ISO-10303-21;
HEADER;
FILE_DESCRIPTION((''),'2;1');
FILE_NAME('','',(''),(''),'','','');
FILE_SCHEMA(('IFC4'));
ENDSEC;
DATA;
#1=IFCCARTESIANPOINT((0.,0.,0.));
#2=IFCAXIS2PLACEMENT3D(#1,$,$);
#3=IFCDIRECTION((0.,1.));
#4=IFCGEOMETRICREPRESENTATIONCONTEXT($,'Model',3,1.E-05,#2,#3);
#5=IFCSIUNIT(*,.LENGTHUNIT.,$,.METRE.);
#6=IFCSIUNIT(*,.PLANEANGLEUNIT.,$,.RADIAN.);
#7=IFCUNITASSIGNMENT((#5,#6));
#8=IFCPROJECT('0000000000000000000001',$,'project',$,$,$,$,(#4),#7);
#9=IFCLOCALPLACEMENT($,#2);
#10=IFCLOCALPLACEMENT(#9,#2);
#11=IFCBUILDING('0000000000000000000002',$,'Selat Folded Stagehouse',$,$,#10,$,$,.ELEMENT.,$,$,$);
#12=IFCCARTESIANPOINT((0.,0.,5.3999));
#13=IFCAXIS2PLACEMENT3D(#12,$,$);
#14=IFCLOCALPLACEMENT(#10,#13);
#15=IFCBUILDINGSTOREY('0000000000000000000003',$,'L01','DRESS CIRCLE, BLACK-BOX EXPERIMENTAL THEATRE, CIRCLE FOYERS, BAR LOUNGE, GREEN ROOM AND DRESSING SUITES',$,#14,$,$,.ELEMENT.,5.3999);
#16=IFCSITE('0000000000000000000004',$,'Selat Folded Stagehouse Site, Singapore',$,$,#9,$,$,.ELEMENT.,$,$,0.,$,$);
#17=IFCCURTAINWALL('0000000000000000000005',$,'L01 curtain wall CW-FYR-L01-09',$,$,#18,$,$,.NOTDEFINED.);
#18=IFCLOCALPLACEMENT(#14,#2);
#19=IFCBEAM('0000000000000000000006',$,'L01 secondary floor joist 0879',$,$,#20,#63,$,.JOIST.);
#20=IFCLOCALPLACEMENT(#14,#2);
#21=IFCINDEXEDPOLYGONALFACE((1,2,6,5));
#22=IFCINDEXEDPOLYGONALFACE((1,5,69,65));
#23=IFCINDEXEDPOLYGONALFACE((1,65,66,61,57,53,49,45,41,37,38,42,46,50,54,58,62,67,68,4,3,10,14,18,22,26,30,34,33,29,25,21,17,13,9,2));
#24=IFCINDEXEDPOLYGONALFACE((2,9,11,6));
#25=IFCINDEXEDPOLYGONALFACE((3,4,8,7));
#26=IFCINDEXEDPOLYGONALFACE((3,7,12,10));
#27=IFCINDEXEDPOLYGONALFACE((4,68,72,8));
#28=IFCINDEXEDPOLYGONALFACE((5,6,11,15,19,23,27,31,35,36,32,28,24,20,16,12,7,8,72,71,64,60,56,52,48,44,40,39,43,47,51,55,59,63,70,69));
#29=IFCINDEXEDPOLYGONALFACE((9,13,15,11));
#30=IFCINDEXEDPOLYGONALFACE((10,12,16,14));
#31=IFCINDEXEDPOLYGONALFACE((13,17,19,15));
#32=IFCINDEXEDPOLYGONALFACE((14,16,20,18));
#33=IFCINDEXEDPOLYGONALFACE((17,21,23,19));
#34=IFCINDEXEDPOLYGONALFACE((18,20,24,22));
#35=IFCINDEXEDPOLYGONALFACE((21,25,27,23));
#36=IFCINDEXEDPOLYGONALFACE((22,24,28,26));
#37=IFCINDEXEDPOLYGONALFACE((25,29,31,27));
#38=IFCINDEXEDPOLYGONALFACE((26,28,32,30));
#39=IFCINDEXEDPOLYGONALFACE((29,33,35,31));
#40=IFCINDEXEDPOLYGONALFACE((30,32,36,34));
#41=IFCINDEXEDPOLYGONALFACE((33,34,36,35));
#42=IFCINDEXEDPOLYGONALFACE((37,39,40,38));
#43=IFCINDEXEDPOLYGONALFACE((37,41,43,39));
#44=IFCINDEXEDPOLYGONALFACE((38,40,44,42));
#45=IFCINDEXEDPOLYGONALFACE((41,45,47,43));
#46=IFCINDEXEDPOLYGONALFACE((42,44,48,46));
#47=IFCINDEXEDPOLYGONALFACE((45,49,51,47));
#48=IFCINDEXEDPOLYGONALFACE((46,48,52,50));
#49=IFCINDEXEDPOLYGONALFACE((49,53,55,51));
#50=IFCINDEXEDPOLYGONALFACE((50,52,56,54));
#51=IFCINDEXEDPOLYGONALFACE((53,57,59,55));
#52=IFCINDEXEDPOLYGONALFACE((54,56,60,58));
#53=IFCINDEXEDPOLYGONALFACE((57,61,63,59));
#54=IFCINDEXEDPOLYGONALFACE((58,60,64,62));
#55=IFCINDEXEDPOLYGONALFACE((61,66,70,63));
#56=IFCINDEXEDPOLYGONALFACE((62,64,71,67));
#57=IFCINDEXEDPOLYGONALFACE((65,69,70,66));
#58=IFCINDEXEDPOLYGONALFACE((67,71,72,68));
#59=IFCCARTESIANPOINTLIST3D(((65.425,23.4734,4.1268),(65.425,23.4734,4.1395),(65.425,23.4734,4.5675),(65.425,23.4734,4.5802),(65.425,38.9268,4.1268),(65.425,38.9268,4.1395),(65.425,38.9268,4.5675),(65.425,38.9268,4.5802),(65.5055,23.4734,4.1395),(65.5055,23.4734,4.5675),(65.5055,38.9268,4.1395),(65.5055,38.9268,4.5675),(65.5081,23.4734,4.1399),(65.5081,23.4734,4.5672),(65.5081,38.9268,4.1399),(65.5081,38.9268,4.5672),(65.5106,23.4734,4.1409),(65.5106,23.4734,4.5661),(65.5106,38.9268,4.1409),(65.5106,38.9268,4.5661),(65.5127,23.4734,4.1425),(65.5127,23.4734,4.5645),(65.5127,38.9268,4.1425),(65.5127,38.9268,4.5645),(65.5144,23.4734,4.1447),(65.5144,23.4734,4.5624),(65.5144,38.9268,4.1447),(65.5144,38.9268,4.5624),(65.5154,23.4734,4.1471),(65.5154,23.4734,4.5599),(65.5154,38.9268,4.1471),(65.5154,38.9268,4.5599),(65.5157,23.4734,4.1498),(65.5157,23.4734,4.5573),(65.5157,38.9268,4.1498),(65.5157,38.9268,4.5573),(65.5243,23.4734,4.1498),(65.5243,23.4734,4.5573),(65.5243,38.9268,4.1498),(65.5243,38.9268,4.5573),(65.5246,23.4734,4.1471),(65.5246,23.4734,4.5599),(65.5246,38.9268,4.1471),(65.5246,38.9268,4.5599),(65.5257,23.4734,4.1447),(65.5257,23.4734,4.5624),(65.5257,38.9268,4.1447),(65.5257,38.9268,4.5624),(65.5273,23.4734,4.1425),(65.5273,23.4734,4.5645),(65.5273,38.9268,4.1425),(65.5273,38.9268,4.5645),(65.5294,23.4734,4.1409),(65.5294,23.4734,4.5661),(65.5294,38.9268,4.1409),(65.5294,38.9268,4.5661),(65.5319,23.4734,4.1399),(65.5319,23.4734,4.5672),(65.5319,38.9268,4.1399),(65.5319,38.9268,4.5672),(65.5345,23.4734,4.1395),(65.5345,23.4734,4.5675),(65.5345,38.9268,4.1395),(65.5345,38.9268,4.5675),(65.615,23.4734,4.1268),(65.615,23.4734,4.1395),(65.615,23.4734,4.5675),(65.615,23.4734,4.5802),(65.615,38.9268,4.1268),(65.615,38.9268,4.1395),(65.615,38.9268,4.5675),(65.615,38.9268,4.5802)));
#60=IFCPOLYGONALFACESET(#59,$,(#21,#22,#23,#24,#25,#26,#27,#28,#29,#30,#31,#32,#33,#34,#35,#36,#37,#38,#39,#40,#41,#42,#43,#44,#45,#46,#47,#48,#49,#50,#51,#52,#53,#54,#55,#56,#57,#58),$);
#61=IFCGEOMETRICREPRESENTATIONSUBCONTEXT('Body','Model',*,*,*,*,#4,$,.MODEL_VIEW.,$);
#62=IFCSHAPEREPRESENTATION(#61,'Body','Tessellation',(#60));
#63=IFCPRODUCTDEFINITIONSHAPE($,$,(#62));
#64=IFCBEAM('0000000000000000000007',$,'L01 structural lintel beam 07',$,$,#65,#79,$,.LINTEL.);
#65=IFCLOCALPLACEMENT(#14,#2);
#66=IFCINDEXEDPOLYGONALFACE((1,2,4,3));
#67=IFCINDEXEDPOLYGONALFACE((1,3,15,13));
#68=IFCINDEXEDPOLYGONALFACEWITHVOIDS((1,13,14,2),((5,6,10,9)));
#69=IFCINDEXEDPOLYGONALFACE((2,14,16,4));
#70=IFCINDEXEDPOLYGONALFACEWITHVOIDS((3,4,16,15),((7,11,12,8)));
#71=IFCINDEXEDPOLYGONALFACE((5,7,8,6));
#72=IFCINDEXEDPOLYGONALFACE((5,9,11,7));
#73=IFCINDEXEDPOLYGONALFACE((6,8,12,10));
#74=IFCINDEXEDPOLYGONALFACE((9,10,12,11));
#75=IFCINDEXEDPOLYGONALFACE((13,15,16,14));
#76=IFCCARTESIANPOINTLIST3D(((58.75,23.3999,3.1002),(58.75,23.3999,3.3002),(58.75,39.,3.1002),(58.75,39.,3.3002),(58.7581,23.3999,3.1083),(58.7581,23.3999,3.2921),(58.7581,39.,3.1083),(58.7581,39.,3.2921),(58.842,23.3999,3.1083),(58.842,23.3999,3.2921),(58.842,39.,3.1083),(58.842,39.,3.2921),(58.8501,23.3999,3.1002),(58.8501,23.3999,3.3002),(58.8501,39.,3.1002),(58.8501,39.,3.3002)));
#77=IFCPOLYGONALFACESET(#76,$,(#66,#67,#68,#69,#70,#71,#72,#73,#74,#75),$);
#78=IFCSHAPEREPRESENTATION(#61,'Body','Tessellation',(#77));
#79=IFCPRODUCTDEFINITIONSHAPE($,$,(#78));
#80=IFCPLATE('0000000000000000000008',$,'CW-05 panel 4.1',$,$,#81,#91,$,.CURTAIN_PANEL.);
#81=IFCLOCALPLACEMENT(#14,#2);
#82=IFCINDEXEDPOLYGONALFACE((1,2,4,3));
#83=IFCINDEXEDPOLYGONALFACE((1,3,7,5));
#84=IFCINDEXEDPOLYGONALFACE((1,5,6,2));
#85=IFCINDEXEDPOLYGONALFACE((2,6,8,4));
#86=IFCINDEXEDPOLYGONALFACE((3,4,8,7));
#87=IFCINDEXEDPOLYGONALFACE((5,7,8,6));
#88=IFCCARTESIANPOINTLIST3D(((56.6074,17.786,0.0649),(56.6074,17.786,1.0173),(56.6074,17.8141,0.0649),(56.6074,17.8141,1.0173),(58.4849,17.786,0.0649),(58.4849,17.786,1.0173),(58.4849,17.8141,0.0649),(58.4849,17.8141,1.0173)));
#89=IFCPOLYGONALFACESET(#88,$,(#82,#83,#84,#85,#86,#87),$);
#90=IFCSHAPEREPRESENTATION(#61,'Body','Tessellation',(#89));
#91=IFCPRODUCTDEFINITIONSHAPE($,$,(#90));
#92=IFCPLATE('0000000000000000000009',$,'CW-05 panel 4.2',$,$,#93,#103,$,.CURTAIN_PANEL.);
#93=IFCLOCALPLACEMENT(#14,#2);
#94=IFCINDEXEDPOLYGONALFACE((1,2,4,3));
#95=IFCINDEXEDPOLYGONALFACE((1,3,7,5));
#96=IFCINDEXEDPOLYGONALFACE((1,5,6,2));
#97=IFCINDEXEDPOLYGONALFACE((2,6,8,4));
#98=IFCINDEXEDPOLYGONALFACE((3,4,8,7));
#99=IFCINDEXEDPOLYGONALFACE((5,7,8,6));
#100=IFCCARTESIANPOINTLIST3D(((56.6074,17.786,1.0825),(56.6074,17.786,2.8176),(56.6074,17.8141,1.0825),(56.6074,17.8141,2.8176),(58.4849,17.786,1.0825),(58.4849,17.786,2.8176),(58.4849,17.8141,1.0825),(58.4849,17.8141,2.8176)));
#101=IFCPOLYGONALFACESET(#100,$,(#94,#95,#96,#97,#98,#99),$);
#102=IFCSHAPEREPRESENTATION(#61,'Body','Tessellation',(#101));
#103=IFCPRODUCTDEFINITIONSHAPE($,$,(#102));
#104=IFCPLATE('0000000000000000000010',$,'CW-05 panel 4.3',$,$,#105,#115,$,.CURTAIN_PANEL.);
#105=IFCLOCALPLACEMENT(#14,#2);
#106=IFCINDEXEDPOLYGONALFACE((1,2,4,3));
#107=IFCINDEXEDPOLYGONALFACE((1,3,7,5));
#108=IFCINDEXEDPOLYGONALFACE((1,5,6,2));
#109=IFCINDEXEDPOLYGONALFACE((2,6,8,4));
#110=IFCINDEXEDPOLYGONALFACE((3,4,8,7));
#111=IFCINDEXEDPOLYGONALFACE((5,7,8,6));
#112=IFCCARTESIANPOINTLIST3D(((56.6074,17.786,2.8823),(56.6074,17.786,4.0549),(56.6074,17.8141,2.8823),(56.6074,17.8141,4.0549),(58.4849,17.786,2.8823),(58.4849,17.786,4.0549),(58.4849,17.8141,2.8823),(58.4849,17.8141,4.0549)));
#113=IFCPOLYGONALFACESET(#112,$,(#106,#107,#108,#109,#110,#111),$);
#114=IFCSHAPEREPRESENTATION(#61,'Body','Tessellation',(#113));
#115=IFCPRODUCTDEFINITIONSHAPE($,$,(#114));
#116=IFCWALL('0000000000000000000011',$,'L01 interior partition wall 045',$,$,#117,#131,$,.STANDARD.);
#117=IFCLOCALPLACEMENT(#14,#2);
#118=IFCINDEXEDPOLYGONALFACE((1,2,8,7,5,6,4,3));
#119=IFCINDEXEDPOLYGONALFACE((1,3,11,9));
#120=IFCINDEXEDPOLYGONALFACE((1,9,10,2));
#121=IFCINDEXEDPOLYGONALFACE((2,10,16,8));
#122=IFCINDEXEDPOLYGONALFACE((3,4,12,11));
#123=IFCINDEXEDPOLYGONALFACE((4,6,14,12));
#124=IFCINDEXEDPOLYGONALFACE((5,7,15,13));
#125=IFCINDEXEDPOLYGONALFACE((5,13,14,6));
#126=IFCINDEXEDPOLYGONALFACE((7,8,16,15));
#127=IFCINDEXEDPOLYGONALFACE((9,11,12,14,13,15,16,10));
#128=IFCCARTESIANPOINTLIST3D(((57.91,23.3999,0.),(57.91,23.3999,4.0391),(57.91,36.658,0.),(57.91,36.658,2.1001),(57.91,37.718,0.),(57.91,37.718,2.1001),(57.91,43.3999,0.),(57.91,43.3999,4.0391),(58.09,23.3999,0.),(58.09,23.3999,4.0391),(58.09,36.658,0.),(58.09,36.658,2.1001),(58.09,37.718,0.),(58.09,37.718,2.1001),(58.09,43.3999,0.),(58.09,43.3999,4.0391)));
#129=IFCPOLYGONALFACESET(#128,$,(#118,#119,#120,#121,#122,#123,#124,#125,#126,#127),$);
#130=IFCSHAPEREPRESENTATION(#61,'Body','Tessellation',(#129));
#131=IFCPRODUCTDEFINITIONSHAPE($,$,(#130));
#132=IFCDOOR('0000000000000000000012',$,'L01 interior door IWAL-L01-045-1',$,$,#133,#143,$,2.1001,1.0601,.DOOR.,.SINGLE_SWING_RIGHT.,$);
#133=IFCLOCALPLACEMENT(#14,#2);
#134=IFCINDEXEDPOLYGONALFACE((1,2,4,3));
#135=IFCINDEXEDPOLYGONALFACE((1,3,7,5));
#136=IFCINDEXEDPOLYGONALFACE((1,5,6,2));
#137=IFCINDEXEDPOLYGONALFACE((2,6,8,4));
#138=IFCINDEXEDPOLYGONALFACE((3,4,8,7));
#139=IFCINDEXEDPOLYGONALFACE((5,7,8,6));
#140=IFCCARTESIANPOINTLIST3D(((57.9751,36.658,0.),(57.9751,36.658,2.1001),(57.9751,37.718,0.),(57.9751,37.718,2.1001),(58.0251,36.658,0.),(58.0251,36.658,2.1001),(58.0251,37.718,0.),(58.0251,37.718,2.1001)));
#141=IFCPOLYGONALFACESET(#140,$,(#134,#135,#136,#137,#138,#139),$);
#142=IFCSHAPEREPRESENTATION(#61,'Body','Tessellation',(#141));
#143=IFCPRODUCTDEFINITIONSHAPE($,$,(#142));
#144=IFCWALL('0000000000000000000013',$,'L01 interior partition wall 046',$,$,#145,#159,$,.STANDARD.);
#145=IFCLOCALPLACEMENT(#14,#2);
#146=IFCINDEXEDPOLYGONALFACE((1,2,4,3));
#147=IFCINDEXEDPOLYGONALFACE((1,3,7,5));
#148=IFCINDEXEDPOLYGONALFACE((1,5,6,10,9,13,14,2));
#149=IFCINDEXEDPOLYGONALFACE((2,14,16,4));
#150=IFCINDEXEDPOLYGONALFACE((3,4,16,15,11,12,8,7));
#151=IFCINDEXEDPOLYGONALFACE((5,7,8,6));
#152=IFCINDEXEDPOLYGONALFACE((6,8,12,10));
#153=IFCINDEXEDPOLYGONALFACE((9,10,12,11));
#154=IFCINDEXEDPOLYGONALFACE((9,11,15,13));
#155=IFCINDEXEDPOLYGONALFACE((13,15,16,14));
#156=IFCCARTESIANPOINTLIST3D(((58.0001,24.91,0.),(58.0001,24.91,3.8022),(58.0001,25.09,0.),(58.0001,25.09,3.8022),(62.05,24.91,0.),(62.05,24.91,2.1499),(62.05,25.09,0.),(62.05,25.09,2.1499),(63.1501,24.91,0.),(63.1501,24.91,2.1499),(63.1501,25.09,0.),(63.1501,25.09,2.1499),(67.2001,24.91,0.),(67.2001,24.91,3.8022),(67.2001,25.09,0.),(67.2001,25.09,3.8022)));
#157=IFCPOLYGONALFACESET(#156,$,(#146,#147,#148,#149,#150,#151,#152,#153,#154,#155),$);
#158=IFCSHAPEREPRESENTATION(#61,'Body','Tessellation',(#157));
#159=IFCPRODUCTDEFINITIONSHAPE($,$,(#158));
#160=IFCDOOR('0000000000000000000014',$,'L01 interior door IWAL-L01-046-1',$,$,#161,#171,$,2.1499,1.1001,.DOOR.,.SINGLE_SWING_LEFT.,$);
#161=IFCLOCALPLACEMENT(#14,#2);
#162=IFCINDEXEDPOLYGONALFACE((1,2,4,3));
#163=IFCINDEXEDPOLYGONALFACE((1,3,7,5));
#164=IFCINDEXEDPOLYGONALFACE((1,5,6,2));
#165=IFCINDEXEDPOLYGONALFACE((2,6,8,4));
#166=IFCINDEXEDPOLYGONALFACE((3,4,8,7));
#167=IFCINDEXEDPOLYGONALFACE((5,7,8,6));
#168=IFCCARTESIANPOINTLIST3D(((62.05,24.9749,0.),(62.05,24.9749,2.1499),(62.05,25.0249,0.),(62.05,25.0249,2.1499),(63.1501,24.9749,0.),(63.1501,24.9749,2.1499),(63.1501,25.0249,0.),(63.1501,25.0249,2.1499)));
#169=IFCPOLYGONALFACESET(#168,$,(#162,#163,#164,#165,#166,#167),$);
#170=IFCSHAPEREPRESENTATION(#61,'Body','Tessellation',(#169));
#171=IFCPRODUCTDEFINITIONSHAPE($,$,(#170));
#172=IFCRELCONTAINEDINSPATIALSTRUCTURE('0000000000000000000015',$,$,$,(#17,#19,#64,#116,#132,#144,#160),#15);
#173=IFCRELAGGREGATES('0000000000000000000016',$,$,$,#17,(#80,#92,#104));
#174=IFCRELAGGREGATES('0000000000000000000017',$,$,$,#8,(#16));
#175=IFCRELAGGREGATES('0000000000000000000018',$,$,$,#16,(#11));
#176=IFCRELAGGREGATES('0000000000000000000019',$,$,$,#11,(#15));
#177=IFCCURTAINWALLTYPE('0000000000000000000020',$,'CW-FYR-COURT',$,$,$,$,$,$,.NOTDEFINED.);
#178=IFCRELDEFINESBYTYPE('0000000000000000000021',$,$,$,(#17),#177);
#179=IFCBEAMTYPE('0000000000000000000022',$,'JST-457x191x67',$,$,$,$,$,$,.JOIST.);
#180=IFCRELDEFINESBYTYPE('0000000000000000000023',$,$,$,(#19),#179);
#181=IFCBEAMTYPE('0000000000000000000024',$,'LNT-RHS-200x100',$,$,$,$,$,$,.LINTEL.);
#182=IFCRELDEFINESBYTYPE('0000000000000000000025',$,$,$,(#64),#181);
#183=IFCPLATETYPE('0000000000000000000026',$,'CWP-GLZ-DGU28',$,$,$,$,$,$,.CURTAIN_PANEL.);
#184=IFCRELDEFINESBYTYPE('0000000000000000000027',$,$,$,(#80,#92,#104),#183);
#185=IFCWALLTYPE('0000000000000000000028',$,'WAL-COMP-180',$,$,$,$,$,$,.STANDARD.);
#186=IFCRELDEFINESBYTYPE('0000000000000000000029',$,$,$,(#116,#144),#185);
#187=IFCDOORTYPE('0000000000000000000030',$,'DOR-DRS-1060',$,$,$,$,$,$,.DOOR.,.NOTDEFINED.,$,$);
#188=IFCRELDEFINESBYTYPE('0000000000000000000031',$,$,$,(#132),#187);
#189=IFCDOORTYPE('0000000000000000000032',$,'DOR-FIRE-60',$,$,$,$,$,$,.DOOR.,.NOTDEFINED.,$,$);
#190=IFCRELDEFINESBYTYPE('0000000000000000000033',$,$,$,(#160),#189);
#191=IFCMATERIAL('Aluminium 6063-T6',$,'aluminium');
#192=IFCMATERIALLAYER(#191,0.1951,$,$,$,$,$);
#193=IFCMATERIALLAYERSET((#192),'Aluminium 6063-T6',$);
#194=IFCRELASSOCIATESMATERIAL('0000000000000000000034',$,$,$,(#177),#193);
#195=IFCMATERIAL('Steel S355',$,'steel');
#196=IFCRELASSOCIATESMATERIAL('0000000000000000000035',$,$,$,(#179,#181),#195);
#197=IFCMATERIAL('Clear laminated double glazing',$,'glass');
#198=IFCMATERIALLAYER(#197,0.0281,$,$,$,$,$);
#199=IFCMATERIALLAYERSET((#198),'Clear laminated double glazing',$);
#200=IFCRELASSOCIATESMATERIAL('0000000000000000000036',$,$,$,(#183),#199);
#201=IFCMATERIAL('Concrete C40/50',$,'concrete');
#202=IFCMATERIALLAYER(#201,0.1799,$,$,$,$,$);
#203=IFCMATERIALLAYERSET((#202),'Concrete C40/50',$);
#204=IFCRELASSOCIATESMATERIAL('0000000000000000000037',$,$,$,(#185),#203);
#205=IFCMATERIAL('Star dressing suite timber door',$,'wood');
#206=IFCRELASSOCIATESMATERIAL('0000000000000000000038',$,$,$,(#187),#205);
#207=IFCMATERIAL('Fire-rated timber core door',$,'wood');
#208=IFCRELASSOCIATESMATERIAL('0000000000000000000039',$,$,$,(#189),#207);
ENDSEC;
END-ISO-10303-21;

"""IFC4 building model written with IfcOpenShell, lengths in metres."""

from ifc_helpers import new_model, si_unit, direction, frame, frame_2d, origin, origin_2d, place, context, subcontext, project, spatial, rectangle, hollow_rectangle, i_section, extrude, material, layer, layer_set, material_profile, profile_set, type_object, element, fill, aggregate, save


model = new_model("IFC4")

# Units and contexts
model_context = context("Model", 3, precision=1e-05, world=origin(), true_north=direction((0.0, 1.0)))
body_context = subcontext(model_context, "Body", "Model", "MODEL_VIEW")
ifc_project = project(units=[si_unit("LENGTHUNIT", "METRE"), si_unit("PLANEANGLEUNIT", "RADIAN")], contexts=[model_context])

# Site, building, storey
site_placement = place(None, origin())
site = spatial("IfcSite", under=ifc_project, at=site_placement, Name="Selat Folded Stagehouse Site, Singapore", CompositionType="ELEMENT", RefElevation=0.0)
building_placement = place(site_placement, origin())
building = spatial("IfcBuilding", under=site, at=building_placement, Name="Selat Folded Stagehouse", CompositionType="ELEMENT")
storey_placement = place(building_placement, frame((0.0, 0.0, 5.3999)))
storey = spatial("IfcBuildingStorey", under=building, at=storey_placement, Name="L01", Description="DRESS CIRCLE, BLACK-BOX EXPERIMENTAL THEATRE, CIRCLE FOYERS, BAR LOUNGE, GREEN ROOM AND DRESSING SUITES", CompositionType="ELEMENT", Elevation=5.3999)

# Shared definitions
ifc_material_1 = material(Name="Steel S355", Category="steel")

# Curtain wall
ifc_material_2 = material(Name="Aluminium 6063-T6", Category="aluminium")
ifc_layer_1 = layer(ifc_material_2, 0.1951)
ifc_layer_set_1 = layer_set([ifc_layer_1], Name="Aluminium 6063-T6")
curtain_wall_type = type_object("IfcCurtainWallType", Name="CW-FYR-COURT", PredefinedType="NOTDEFINED", material=ifc_layer_set_1)
curtain_wall_placement = place(storey_placement, origin())
curtain_wall = element("IfcCurtainWall", 1, at=curtain_wall_placement, inside=storey, type_object=curtain_wall_type, Name="L01 curtain wall CW-FYR-L01-09", PredefinedType="NOTDEFINED")

# Beams
ifc_material_profile_1 = material_profile(ifc_material_1, i_section(OverallWidth=0.1899, OverallDepth=0.4534, WebThickness=0.0085, FlangeThickness=0.0127, FilletRadius=0.0103, at=origin_2d()), Name="UKB 457x191x67")
ifc_profile_set_1 = profile_set([ifc_material_profile_1], Name="Steel S355")
beam_type_1 = type_object("IfcBeamType", Name="JST-457x191x67", PredefinedType="JOIST", material=ifc_profile_set_1)
for number, where, z_axis, x_axis, name in (
    (2, (65.52, 23.4734, 4.3535), (0.0, 1.0, 0.0), (-1.0, 0.0, 0.0), "L01 secondary floor joist 0879"),
):
    element("IfcBeam", number, at=place(storey_placement, frame(where, z_axis=z_axis, x_axis=x_axis)), inside=storey, type_object=beam_type_1, Name=name, PredefinedType="JOIST", context=body_context, shape_type="SweptSolid", body=[
        extrude(i_section(OverallWidth=0.1899, OverallDepth=0.4534, WebThickness=0.0085, FlangeThickness=0.0127, FilletRadius=0.0103, at=origin_2d()), origin(), (0.0, 0.0, 1.0), 15.4534),
    ])
ifc_material_profile_2 = material_profile(ifc_material_1, hollow_rectangle(XDim=0.1001, YDim=0.2, WallThickness=0.0081, at=origin_2d()), Name="RHS 200x100x8.0")
ifc_profile_set_2 = profile_set([ifc_material_profile_2], Name="Steel S355")
beam_type_2 = type_object("IfcBeamType", Name="LNT-RHS-200x100", PredefinedType="LINTEL", material=ifc_profile_set_2)
beam_1_placement = place(storey_placement, frame((58.8, 23.3999, 3.2002), z_axis=(0.0, 1.0, 0.0), x_axis=(-1.0, 0.0, 0.0)))
element("IfcBeam", 3, at=beam_1_placement, inside=storey, type_object=beam_type_2, Name="L01 structural lintel beam 07", PredefinedType="LINTEL", context=body_context, shape_type="SweptSolid", body=[
    extrude(hollow_rectangle(XDim=0.1001, YDim=0.2, WallThickness=0.0081, at=origin_2d()), origin(), (0.0, 0.0, 1.0), 15.6001),
])

# Plates
ifc_material_3 = material(Name="Clear laminated double glazing", Category="glass")
ifc_layer_2 = layer(ifc_material_3, 0.0281)
ifc_layer_set_2 = layer_set([ifc_layer_2], Name="Clear laminated double glazing")
plate_type = type_object("IfcPlateType", Name="CWP-GLZ-DGU28", PredefinedType="CURTAIN_PANEL", material=ifc_layer_set_2)
plate_1_placement = place(storey_placement, frame((57.5461, 17.8, 0.0649), z_axis=(0.0, 0.0, 1.0), x_axis=(1.0, 0.0, 0.0)))
plate_1 = element("IfcPlate", 4, at=plate_1_placement, type_object=plate_type, Name="CW-05 panel 4.1", PredefinedType="CURTAIN_PANEL", context=body_context, shape_type="SweptSolid", body=[
    extrude(rectangle(XDim=1.8774, YDim=0.0281, at=origin_2d()), origin(), (0.0, 0.0, 1.0), 0.9524),
])
plate_2_placement = place(storey_placement, frame((57.5461, 17.8, 1.0825), z_axis=(0.0, 0.0, 1.0), x_axis=(1.0, 0.0, 0.0)))
plate_2 = element("IfcPlate", 5, at=plate_2_placement, type_object=plate_type, Name="CW-05 panel 4.2", PredefinedType="CURTAIN_PANEL", context=body_context, shape_type="SweptSolid", body=[
    extrude(rectangle(XDim=1.8774, YDim=0.0281, at=origin_2d()), origin(), (0.0, 0.0, 1.0), 1.7351),
])
plate_3_placement = place(storey_placement, frame((57.5461, 17.8, 2.8823), z_axis=(0.0, 0.0, 1.0), x_axis=(1.0, 0.0, 0.0)))
plate_3 = element("IfcPlate", 6, at=plate_3_placement, type_object=plate_type, Name="CW-05 panel 4.3", PredefinedType="CURTAIN_PANEL", context=body_context, shape_type="SweptSolid", body=[
    extrude(rectangle(XDim=1.8774, YDim=0.0281, at=origin_2d()), origin(), (0.0, 0.0, 1.0), 1.1726),
])
aggregate(curtain_wall, [plate_1, plate_2, plate_3])

# Walls, openings, doors
ifc_material_4 = material(Name="Concrete C40/50", Category="concrete")
ifc_layer_3 = layer(ifc_material_4, 0.1799)
ifc_layer_set_3 = layer_set([ifc_layer_3], Name="Concrete C40/50")
wall_type = type_object("IfcWallType", Name="WAL-COMP-180", PredefinedType="STANDARD", material=ifc_layer_set_3)
wall_1_placement = place(storey_placement, frame((58.0, 23.3999, 0.0), z_axis=(0.0, 0.0, 1.0), x_axis=(0.0, 1.0, 0.0)))
wall_1 = element("IfcWall", 7, at=wall_1_placement, inside=storey, type_object=wall_type, Name="L01 interior partition wall 045", PredefinedType="STANDARD", context=body_context, shape_type="SweptSolid", body=[
    extrude(rectangle(XDim=20.0, YDim=0.1799, at=frame_2d((10.0, 0.0))), origin(), (0.0, 0.0, 1.0), 4.0391),
])
opening_1_placement = place(wall_1_placement, frame((13.2581, 0.0, 0.0)))
opening_1 = element("IfcOpeningElement", 8, at=opening_1_placement, cuts=wall_1, PredefinedType="OPENING", context=body_context, shape_type="SweptSolid", body=[
    extrude(rectangle(XDim=1.0601, YDim=2.1001, at=frame_2d((0.53, 1.05))), frame((0.0, 0.0999, 0.0), z_axis=(0.0, -1.0, 0.0), x_axis=(1.0, 0.0, 0.0)), (0.0, 0.0, 1.0), 0.2),
])
ifc_material_5 = material(Name="Star dressing suite timber door", Category="wood")
door_type_1 = type_object("IfcDoorType", Name="DOR-DRS-1060", OperationType="NOTDEFINED", PredefinedType="DOOR", material=ifc_material_5)
door_1_placement = place(opening_1_placement, origin())
door_1 = element("IfcDoor", 9, at=door_1_placement, inside=storey, type_object=door_type_1, Name="L01 interior door IWAL-L01-045-1", OperationType="SINGLE_SWING_RIGHT", OverallHeight=2.1001, OverallWidth=1.0601, PredefinedType="DOOR", context=body_context, shape_type="SweptSolid", body=[
    extrude(rectangle(XDim=1.0601, YDim=2.1001, at=frame_2d((0.53, 1.05))), frame((0.0, 0.0249, 0.0), z_axis=(0.0, -1.0, 0.0), x_axis=(1.0, 0.0, 0.0)), (0.0, 0.0, 1.0), 0.05),
])
fill(opening_1, door_1)
wall_2_placement = place(storey_placement, frame((58.0, 25.0, 0.0), z_axis=(0.0, 0.0, 1.0), x_axis=(1.0, 0.0, 0.0)))
wall_2 = element("IfcWall", 10, at=wall_2_placement, inside=storey, type_object=wall_type, Name="L01 interior partition wall 046", PredefinedType="STANDARD", context=body_context, shape_type="SweptSolid", body=[
    extrude(rectangle(XDim=9.2, YDim=0.1799, at=frame_2d((4.6001, 0.0))), origin(), (0.0, 0.0, 1.0), 3.8022),
])
opening_2_placement = place(wall_2_placement, frame((4.05, 0.0, 0.0)))
opening_2 = element("IfcOpeningElement", 11, at=opening_2_placement, cuts=wall_2, PredefinedType="OPENING", context=body_context, shape_type="SweptSolid", body=[
    extrude(rectangle(XDim=1.1001, YDim=2.1499, at=frame_2d((0.55, 1.075))), frame((0.0, 0.0999, 0.0), z_axis=(0.0, -1.0, 0.0), x_axis=(1.0, 0.0, 0.0)), (0.0, 0.0, 1.0), 0.2),
])
ifc_material_6 = material(Name="Fire-rated timber core door", Category="wood")
door_type_2 = type_object("IfcDoorType", Name="DOR-FIRE-60", OperationType="NOTDEFINED", PredefinedType="DOOR", material=ifc_material_6)
door_2_placement = place(opening_2_placement, origin())
door_2 = element("IfcDoor", 12, at=door_2_placement, inside=storey, type_object=door_type_2, Name="L01 interior door IWAL-L01-046-1", OperationType="SINGLE_SWING_LEFT", OverallHeight=2.1499, OverallWidth=1.1001, PredefinedType="DOOR", context=body_context, shape_type="SweptSolid", body=[
    extrude(rectangle(XDim=1.1001, YDim=2.1499, at=frame_2d((0.55, 1.075))), frame((0.0, 0.0249, 0.0), z_axis=(0.0, -1.0, 0.0), x_axis=(1.0, 0.0, 0.0)), (0.0, 0.0, 1.0), 0.05),
])
fill(opening_2, door_2)

save(model, "model.ifc")
